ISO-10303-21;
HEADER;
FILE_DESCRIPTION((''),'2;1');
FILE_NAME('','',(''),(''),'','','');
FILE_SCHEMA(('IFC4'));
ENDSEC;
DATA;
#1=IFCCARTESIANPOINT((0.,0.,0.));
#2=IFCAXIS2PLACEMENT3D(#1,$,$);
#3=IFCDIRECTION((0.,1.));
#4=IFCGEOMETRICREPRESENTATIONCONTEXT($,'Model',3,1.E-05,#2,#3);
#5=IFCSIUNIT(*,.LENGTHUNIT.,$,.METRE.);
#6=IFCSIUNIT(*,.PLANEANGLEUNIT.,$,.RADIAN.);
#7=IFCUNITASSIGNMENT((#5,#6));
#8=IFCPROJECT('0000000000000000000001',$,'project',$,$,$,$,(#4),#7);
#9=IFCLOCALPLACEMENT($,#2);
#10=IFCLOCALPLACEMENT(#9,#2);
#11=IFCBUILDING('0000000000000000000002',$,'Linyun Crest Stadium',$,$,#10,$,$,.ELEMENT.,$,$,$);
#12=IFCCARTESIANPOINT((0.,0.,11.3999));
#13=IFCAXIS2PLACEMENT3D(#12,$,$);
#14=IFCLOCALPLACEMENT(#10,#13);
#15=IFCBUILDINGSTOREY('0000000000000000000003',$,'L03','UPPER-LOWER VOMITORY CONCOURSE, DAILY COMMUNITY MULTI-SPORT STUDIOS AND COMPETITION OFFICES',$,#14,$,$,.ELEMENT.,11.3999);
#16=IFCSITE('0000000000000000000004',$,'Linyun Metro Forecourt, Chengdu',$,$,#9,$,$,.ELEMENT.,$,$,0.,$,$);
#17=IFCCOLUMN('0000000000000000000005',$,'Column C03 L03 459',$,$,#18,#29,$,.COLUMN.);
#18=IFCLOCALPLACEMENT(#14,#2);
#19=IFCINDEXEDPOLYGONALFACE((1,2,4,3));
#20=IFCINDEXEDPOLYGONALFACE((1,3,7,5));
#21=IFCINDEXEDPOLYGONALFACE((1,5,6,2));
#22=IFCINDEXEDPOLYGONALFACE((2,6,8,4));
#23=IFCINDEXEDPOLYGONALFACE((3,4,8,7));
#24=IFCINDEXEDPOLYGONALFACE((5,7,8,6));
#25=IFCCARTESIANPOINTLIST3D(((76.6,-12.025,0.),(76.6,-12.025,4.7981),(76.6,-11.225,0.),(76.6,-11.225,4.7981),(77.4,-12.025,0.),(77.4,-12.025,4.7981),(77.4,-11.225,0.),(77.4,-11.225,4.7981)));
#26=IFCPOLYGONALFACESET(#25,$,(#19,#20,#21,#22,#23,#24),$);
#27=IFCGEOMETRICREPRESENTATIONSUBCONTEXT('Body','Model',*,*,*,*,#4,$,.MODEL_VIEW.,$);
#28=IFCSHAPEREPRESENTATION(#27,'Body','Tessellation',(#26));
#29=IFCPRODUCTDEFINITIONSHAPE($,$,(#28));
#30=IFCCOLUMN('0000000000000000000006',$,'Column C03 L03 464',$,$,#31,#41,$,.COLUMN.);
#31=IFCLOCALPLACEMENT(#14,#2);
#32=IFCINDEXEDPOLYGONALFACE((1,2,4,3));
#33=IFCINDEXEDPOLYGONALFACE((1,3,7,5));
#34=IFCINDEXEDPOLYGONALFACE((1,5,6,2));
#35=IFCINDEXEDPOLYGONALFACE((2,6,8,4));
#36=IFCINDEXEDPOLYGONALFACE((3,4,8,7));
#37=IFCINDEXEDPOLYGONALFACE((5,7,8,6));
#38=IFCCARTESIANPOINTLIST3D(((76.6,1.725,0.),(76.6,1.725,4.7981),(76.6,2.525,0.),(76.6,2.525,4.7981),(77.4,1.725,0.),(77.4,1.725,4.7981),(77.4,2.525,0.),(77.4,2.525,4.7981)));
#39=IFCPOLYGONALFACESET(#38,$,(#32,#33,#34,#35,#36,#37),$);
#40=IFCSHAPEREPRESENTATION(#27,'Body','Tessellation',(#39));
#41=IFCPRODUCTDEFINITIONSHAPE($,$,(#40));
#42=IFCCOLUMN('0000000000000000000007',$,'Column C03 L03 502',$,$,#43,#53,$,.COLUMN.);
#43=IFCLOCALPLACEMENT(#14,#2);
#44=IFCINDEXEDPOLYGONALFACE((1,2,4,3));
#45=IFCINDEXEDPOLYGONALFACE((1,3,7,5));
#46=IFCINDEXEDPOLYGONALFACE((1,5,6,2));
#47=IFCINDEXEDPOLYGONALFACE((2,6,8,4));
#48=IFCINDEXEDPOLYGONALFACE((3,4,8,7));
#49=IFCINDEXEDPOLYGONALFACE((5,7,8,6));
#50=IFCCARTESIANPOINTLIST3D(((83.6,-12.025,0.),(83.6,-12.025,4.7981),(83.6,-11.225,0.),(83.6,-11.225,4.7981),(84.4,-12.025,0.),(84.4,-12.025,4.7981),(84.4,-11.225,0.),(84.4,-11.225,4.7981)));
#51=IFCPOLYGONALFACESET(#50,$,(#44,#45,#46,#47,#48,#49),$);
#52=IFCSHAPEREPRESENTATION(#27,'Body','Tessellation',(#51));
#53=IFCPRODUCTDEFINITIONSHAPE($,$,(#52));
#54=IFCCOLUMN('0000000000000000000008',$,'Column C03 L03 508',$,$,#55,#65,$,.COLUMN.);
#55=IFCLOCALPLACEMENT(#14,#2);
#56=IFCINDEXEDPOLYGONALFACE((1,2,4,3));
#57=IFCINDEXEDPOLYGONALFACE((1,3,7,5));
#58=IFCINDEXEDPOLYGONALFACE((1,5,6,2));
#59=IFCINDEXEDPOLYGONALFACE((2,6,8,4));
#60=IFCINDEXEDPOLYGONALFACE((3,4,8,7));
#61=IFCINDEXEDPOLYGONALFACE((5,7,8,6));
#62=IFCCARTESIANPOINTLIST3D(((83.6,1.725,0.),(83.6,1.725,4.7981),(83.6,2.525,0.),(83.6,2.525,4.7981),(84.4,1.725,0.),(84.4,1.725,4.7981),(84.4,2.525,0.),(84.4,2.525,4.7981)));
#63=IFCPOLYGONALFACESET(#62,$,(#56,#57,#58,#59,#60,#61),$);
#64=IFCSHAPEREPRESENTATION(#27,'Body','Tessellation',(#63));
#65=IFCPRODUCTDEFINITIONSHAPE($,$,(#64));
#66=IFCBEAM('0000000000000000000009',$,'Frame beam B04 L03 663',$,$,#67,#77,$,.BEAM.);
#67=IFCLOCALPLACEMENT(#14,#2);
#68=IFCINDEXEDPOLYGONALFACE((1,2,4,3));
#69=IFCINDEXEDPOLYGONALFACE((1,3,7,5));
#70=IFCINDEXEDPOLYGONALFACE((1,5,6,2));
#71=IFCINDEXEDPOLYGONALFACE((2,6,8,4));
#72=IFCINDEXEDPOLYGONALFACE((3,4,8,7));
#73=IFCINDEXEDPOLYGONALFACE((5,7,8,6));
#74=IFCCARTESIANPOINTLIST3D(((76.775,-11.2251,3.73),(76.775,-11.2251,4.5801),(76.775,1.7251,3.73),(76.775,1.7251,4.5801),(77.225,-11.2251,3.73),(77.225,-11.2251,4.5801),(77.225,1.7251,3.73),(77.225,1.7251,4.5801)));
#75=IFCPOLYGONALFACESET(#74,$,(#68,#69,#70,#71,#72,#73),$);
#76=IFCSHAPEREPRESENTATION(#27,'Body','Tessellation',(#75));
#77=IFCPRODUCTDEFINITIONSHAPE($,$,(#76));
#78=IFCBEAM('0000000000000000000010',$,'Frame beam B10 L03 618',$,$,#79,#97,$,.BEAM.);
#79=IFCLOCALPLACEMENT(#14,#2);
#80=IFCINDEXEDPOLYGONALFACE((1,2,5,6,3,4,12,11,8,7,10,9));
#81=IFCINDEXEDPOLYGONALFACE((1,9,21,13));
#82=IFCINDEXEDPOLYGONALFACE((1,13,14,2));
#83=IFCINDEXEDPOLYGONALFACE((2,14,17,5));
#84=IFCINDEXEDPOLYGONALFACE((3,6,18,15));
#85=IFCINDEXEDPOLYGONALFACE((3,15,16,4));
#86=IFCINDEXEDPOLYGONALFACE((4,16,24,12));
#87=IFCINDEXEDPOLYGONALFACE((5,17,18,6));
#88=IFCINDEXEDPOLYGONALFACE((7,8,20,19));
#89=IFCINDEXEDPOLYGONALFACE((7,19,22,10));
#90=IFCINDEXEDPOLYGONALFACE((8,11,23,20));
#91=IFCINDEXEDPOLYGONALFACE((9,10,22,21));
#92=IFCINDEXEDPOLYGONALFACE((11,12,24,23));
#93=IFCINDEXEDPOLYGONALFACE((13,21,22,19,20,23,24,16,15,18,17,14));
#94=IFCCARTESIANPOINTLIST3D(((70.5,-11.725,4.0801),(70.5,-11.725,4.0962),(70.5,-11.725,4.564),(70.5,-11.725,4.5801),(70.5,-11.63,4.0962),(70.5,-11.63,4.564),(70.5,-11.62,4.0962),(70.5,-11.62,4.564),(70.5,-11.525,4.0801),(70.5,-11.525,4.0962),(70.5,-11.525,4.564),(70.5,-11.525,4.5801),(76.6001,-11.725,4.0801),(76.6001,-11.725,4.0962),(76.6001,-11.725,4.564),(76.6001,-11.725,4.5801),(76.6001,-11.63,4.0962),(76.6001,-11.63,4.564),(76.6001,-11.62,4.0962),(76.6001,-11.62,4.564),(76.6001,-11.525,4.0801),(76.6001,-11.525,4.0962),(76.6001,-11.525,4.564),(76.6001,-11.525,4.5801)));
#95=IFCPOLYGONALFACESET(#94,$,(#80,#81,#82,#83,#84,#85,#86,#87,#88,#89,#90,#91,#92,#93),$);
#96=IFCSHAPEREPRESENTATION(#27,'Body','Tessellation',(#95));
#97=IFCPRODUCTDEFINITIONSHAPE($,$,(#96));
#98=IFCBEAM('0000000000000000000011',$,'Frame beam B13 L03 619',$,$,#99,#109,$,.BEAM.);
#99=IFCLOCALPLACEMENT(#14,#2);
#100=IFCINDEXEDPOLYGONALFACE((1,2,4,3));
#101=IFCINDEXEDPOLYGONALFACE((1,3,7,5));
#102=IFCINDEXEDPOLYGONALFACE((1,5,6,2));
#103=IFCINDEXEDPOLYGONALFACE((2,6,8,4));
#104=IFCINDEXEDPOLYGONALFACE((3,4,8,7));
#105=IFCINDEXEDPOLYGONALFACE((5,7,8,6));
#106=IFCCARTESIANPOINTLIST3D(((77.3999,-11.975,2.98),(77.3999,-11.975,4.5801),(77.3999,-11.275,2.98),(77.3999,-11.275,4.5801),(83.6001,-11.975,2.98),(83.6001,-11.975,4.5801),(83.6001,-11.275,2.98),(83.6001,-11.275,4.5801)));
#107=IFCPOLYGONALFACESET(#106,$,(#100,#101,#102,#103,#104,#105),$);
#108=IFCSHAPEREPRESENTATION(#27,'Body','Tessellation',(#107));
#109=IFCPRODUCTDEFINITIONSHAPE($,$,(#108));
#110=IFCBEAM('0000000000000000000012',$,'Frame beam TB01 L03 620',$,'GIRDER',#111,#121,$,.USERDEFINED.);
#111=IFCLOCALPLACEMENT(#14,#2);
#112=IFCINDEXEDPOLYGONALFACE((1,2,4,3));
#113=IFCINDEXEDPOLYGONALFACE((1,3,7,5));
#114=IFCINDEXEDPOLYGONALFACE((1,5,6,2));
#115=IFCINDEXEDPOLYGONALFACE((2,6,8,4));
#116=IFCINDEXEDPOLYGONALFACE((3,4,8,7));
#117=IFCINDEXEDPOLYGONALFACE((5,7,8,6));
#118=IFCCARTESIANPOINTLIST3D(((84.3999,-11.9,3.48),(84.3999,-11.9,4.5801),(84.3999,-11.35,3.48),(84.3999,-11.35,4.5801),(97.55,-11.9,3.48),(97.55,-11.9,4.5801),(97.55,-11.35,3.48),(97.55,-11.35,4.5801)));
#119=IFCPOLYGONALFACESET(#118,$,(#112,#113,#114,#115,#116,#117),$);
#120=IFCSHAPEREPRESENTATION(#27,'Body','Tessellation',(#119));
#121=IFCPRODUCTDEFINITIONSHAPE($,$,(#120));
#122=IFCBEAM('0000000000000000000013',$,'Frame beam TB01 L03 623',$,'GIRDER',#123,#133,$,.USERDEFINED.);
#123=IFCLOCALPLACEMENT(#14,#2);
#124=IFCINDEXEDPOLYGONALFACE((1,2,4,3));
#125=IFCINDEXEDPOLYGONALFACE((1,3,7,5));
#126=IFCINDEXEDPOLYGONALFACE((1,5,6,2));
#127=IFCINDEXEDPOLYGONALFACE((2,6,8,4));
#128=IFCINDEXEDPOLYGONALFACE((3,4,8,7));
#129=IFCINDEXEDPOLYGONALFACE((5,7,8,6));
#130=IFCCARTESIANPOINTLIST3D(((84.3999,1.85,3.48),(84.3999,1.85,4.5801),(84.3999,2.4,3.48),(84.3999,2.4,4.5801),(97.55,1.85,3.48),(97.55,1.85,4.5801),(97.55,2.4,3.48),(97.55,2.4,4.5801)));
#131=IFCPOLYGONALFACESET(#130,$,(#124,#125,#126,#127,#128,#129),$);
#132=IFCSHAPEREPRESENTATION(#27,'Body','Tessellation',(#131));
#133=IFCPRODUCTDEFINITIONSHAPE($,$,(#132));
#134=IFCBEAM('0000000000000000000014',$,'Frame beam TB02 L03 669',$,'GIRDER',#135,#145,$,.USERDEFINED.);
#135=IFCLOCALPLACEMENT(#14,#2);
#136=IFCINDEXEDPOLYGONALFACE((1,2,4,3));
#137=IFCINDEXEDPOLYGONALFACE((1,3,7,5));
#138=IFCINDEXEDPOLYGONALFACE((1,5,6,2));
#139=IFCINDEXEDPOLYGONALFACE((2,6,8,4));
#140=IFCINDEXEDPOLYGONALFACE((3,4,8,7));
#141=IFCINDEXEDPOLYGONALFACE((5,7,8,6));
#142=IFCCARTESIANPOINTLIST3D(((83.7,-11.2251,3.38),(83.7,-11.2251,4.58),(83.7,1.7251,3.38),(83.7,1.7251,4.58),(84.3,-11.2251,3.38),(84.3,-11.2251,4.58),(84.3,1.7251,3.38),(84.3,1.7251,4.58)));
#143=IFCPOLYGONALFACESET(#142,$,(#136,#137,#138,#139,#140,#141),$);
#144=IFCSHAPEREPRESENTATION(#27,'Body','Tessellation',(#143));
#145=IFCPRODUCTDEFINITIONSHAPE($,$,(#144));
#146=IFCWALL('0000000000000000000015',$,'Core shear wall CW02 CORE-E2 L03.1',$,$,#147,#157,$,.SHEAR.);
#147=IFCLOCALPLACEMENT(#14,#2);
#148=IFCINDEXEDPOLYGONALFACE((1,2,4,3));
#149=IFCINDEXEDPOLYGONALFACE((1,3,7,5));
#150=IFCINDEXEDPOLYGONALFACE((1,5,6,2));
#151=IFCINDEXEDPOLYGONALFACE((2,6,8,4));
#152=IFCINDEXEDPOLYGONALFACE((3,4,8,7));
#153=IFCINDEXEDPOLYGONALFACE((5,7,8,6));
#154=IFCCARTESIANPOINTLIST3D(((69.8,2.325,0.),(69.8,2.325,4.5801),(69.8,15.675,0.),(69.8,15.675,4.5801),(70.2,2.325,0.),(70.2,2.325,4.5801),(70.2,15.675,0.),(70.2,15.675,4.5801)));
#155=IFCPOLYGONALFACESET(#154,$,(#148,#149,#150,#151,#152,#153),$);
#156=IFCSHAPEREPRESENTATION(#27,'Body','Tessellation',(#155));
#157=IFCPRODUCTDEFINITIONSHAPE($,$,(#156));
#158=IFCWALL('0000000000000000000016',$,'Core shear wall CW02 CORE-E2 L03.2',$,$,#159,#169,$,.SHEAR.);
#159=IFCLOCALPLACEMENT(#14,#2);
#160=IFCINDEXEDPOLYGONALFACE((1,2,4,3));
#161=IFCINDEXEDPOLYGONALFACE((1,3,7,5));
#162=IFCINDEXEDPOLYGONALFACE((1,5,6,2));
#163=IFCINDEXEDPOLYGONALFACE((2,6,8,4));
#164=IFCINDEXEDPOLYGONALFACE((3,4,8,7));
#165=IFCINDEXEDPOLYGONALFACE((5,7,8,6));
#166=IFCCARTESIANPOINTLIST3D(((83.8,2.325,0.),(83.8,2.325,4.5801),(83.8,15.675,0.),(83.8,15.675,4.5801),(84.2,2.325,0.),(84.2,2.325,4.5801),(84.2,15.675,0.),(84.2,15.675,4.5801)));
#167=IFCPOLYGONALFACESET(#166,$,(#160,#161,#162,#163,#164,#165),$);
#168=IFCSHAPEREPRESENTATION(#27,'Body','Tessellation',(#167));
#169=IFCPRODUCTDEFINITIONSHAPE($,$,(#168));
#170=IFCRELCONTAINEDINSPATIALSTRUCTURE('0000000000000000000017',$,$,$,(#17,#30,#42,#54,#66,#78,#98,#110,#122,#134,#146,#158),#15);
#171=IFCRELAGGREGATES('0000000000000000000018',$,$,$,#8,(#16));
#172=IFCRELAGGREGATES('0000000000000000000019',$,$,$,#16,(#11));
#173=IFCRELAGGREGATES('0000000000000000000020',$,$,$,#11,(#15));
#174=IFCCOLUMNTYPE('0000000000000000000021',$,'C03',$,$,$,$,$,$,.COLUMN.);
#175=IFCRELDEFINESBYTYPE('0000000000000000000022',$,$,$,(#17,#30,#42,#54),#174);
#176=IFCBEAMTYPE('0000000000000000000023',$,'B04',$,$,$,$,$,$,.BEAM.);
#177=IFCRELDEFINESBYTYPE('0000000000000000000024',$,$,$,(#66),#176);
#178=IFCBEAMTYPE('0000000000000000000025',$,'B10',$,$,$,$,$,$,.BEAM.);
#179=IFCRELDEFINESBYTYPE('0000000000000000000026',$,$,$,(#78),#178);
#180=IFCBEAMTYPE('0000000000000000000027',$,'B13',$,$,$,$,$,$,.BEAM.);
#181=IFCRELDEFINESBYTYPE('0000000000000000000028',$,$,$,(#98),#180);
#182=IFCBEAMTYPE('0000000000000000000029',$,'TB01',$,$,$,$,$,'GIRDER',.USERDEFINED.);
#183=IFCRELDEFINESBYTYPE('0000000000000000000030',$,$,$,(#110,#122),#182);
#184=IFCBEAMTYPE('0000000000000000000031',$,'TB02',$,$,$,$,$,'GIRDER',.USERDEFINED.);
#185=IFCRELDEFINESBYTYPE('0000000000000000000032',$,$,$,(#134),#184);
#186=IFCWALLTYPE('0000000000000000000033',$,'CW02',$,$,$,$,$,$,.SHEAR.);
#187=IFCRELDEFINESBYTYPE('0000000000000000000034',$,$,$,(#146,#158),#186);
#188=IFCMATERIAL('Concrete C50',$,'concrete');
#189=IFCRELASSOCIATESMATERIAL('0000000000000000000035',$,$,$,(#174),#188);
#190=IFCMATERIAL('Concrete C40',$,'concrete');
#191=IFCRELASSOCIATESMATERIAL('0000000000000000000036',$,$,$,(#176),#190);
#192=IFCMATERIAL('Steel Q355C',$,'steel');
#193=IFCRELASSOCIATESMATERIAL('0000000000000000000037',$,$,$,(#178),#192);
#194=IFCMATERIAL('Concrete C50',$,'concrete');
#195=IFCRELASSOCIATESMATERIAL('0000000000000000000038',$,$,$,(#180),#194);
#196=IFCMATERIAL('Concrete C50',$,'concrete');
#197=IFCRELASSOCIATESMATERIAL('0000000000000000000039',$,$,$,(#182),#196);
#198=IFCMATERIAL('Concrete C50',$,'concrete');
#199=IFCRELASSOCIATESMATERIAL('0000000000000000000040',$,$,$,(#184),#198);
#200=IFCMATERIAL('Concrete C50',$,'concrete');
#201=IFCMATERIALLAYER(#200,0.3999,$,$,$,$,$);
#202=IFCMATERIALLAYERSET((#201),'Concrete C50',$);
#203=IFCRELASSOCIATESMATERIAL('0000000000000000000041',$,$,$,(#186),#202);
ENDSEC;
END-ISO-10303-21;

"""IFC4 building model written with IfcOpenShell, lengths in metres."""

from ifc_helpers import new_model, si_unit, direction, frame, frame_2d, origin, origin_2d, place, context, subcontext, project, spatial, rectangle, i_section, extrude, material, layer, layer_set, material_profile, profile_set, type_object, element, save


model = new_model("IFC4")

# Units and contexts
model_context = context("Model", 3, precision=1e-05, world=origin(), true_north=direction((0.0, 1.0)))
body_context = subcontext(model_context, "Body", "Model", "MODEL_VIEW")
ifc_project = project(units=[si_unit("LENGTHUNIT", "METRE"), si_unit("PLANEANGLEUNIT", "RADIAN")], contexts=[model_context])

# Site, building, storey
site_placement = place(None, origin())
site = spatial("IfcSite", under=ifc_project, at=site_placement, Name="Linyun Metro Forecourt, Chengdu", CompositionType="ELEMENT", RefElevation=0.0)
building_placement = place(site_placement, origin())
building = spatial("IfcBuilding", under=site, at=building_placement, Name="Linyun Crest Stadium", CompositionType="ELEMENT")
storey_placement = place(building_placement, frame((0.0, 0.0, 11.3999)))
storey = spatial("IfcBuildingStorey", under=building, at=storey_placement, Name="L03", Description="UPPER-LOWER VOMITORY CONCOURSE, DAILY COMMUNITY MULTI-SPORT STUDIOS AND COMPETITION OFFICES", CompositionType="ELEMENT", Elevation=11.3999)

# Columns
ifc_material_1 = material(Name="Concrete C50", Category="concrete")
ifc_material_profile_1 = material_profile(ifc_material_1, rectangle(XDim=0.8, YDim=0.8, at=origin_2d()), Name="RC 800x800")
ifc_profile_set_1 = profile_set([ifc_material_profile_1], Name="Concrete C50")
column_type = type_object("IfcColumnType", Name="C03", PredefinedType="COLUMN", material=ifc_profile_set_1)
for number, where, z_axis, x_axis, name in (
    (1, (77.0, -11.625, 0.0), (0.0, 0.0, 1.0), (1.0, 0.0, 0.0), "Column C03 L03 459"),
    (2, (77.0, 2.125, 0.0), (0.0, 0.0, 1.0), (1.0, 0.0, 0.0), "Column C03 L03 464"),
    (3, (84.0, -11.625, 0.0), (0.0, 0.0, 1.0), (1.0, 0.0, 0.0), "Column C03 L03 502"),
    (4, (84.0, 2.125, 0.0), (0.0, 0.0, 1.0), (1.0, 0.0, 0.0), "Column C03 L03 508"),
):
    element("IfcColumn", number, at=place(storey_placement, frame(where, z_axis=z_axis, x_axis=x_axis)), inside=storey, type_object=column_type, Name=name, PredefinedType="COLUMN", context=body_context, shape_type="SweptSolid", body=[
        extrude(rectangle(XDim=0.8, YDim=0.8, at=origin_2d()), origin(), (0.0, 0.0, 1.0), 4.7981),
    ])

# Beams
ifc_material_2 = material(Name="Concrete C40", Category="concrete")
ifc_material_profile_2 = material_profile(ifc_material_2, rectangle(XDim=0.45, YDim=0.8501, at=origin_2d()), Name="RCB 850x450")
ifc_profile_set_2 = profile_set([ifc_material_profile_2], Name="Concrete C40")
beam_type_1 = type_object("IfcBeamType", Name="B04", PredefinedType="BEAM", material=ifc_profile_set_2)
beam_1_placement = place(storey_placement, frame((77.0, -11.2251, 4.155), z_axis=(0.0, 1.0, 0.0), x_axis=(-1.0, 0.0, 0.0)))
element("IfcBeam", 5, at=beam_1_placement, inside=storey, type_object=beam_type_1, Name="Frame beam B04 L03 663", PredefinedType="BEAM", context=body_context, shape_type="SweptSolid", body=[
    extrude(rectangle(XDim=0.45, YDim=0.8501, at=origin_2d()), origin(), (0.0, 0.0, 1.0), 12.9502),
])
ifc_material_3 = material(Name="Steel Q355C", Category="steel")
ifc_material_profile_3 = material_profile(ifc_material_3, i_section(OverallWidth=0.2, OverallDepth=0.5, WebThickness=0.01, FlangeThickness=0.0161, at=origin_2d()), Name="HN 500x200")
ifc_profile_set_3 = profile_set([ifc_material_profile_3], Name="Steel Q355C")
beam_type_2 = type_object("IfcBeamType", Name="B10", PredefinedType="BEAM", material=ifc_profile_set_3)
beam_2_placement = place(storey_placement, frame((70.5, -11.625, 4.3301), z_axis=(1.0, 0.0, 0.0), x_axis=(0.0, 1.0, 0.0)))
element("IfcBeam", 6, at=beam_2_placement, inside=storey, type_object=beam_type_2, Name="Frame beam B10 L03 618", PredefinedType="BEAM", context=body_context, shape_type="SweptSolid", body=[
    extrude(i_section(OverallWidth=0.2, OverallDepth=0.5, WebThickness=0.01, FlangeThickness=0.0161, at=origin_2d()), origin(), (0.0, 0.0, 1.0), 6.1001),
])
ifc_material_4 = material(Name="Concrete C50", Category="concrete")
ifc_material_profile_4 = material_profile(ifc_material_4, rectangle(XDim=0.7, YDim=1.6001, at=origin_2d()), Name="RCB 1600x700")
ifc_profile_set_4 = profile_set([ifc_material_profile_4], Name="Concrete C50")
beam_type_3 = type_object("IfcBeamType", Name="B13", PredefinedType="BEAM", material=ifc_profile_set_4)
beam_3_placement = place(storey_placement, frame((77.3999, -11.625, 3.78), z_axis=(1.0, 0.0, 0.0), x_axis=(0.0, 1.0, 0.0)))
element("IfcBeam", 7, at=beam_3_placement, inside=storey, type_object=beam_type_3, Name="Frame beam B13 L03 619", PredefinedType="BEAM", context=body_context, shape_type="SweptSolid", body=[
    extrude(rectangle(XDim=0.7, YDim=1.6001, at=origin_2d()), origin(), (0.0, 0.0, 1.0), 6.2002),
])
ifc_material_5 = material(Name="Concrete C50", Category="concrete")
ifc_material_profile_5 = material_profile(ifc_material_5, rectangle(XDim=0.55, YDim=1.1001, at=origin_2d()), Name="RCB 1100x550")
ifc_profile_set_5 = profile_set([ifc_material_profile_5], Name="Concrete C50")
beam_type_4 = type_object("IfcBeamType", Name="TB01", ElementType="GIRDER", PredefinedType="USERDEFINED", material=ifc_profile_set_5)
for number, where, z_axis, x_axis, name in (
    (8, (84.3999, -11.625, 4.03), (1.0, 0.0, 0.0), (0.0, 1.0, 0.0), "Frame beam TB01 L03 620"),
    (9, (84.3999, 2.125, 4.03), (1.0, 0.0, 0.0), (0.0, 1.0, 0.0), "Frame beam TB01 L03 623"),
):
    element("IfcBeam", number, at=place(storey_placement, frame(where, z_axis=z_axis, x_axis=x_axis)), inside=storey, type_object=beam_type_4, Name=name, ObjectType="GIRDER", PredefinedType="USERDEFINED", context=body_context, shape_type="SweptSolid", body=[
        extrude(rectangle(XDim=0.55, YDim=1.1001, at=origin_2d()), origin(), (0.0, 0.0, 1.0), 13.1501),
    ])
ifc_material_6 = material(Name="Concrete C50", Category="concrete")
ifc_material_profile_6 = material_profile(ifc_material_6, rectangle(XDim=0.6001, YDim=1.2, at=origin_2d()), Name="RCB 1200x600")
ifc_profile_set_6 = profile_set([ifc_material_profile_6], Name="Concrete C50")
beam_type_5 = type_object("IfcBeamType", Name="TB02", ElementType="GIRDER", PredefinedType="USERDEFINED", material=ifc_profile_set_6)
beam_4_placement = place(storey_placement, frame((84.0, -11.2251, 3.98), z_axis=(0.0, 1.0, 0.0), x_axis=(-1.0, 0.0, 0.0)))
element("IfcBeam", 10, at=beam_4_placement, inside=storey, type_object=beam_type_5, Name="Frame beam TB02 L03 669", ObjectType="GIRDER", PredefinedType="USERDEFINED", context=body_context, shape_type="SweptSolid", body=[
    extrude(rectangle(XDim=0.6001, YDim=1.2, at=origin_2d()), origin(), (0.0, 0.0, 1.0), 12.9502),
])

# Walls
ifc_material_7 = material(Name="Concrete C50", Category="concrete")
ifc_layer_1 = layer(ifc_material_7, 0.3999)
ifc_layer_set_1 = layer_set([ifc_layer_1], Name="Concrete C50")
wall_type_1 = type_object("IfcWallType", Name="CW02", PredefinedType="SHEAR", material=ifc_layer_set_1)
for number, where, z_axis, x_axis, name in (
    (11, (70.0, 2.325, 0.0), (0.0, 0.0, 1.0), (0.0, 1.0, 0.0), "Core shear wall CW02 CORE-E2 L03.1"),
    (12, (84.0, 2.325, 0.0), (0.0, 0.0, 1.0), (0.0, 1.0, 0.0), "Core shear wall CW02 CORE-E2 L03.2"),
):
    element("IfcWall", number, at=place(storey_placement, frame(where, z_axis=z_axis, x_axis=x_axis)), inside=storey, type_object=wall_type_1, Name=name, PredefinedType="SHEAR", context=body_context, shape_type="SweptSolid", body=[
        extrude(rectangle(XDim=13.3501, YDim=0.3999, at=frame_2d((6.675, 0.0))), origin(), (0.0, 0.0, 1.0), 4.5801),
    ])

save(model, "model.ifc")
